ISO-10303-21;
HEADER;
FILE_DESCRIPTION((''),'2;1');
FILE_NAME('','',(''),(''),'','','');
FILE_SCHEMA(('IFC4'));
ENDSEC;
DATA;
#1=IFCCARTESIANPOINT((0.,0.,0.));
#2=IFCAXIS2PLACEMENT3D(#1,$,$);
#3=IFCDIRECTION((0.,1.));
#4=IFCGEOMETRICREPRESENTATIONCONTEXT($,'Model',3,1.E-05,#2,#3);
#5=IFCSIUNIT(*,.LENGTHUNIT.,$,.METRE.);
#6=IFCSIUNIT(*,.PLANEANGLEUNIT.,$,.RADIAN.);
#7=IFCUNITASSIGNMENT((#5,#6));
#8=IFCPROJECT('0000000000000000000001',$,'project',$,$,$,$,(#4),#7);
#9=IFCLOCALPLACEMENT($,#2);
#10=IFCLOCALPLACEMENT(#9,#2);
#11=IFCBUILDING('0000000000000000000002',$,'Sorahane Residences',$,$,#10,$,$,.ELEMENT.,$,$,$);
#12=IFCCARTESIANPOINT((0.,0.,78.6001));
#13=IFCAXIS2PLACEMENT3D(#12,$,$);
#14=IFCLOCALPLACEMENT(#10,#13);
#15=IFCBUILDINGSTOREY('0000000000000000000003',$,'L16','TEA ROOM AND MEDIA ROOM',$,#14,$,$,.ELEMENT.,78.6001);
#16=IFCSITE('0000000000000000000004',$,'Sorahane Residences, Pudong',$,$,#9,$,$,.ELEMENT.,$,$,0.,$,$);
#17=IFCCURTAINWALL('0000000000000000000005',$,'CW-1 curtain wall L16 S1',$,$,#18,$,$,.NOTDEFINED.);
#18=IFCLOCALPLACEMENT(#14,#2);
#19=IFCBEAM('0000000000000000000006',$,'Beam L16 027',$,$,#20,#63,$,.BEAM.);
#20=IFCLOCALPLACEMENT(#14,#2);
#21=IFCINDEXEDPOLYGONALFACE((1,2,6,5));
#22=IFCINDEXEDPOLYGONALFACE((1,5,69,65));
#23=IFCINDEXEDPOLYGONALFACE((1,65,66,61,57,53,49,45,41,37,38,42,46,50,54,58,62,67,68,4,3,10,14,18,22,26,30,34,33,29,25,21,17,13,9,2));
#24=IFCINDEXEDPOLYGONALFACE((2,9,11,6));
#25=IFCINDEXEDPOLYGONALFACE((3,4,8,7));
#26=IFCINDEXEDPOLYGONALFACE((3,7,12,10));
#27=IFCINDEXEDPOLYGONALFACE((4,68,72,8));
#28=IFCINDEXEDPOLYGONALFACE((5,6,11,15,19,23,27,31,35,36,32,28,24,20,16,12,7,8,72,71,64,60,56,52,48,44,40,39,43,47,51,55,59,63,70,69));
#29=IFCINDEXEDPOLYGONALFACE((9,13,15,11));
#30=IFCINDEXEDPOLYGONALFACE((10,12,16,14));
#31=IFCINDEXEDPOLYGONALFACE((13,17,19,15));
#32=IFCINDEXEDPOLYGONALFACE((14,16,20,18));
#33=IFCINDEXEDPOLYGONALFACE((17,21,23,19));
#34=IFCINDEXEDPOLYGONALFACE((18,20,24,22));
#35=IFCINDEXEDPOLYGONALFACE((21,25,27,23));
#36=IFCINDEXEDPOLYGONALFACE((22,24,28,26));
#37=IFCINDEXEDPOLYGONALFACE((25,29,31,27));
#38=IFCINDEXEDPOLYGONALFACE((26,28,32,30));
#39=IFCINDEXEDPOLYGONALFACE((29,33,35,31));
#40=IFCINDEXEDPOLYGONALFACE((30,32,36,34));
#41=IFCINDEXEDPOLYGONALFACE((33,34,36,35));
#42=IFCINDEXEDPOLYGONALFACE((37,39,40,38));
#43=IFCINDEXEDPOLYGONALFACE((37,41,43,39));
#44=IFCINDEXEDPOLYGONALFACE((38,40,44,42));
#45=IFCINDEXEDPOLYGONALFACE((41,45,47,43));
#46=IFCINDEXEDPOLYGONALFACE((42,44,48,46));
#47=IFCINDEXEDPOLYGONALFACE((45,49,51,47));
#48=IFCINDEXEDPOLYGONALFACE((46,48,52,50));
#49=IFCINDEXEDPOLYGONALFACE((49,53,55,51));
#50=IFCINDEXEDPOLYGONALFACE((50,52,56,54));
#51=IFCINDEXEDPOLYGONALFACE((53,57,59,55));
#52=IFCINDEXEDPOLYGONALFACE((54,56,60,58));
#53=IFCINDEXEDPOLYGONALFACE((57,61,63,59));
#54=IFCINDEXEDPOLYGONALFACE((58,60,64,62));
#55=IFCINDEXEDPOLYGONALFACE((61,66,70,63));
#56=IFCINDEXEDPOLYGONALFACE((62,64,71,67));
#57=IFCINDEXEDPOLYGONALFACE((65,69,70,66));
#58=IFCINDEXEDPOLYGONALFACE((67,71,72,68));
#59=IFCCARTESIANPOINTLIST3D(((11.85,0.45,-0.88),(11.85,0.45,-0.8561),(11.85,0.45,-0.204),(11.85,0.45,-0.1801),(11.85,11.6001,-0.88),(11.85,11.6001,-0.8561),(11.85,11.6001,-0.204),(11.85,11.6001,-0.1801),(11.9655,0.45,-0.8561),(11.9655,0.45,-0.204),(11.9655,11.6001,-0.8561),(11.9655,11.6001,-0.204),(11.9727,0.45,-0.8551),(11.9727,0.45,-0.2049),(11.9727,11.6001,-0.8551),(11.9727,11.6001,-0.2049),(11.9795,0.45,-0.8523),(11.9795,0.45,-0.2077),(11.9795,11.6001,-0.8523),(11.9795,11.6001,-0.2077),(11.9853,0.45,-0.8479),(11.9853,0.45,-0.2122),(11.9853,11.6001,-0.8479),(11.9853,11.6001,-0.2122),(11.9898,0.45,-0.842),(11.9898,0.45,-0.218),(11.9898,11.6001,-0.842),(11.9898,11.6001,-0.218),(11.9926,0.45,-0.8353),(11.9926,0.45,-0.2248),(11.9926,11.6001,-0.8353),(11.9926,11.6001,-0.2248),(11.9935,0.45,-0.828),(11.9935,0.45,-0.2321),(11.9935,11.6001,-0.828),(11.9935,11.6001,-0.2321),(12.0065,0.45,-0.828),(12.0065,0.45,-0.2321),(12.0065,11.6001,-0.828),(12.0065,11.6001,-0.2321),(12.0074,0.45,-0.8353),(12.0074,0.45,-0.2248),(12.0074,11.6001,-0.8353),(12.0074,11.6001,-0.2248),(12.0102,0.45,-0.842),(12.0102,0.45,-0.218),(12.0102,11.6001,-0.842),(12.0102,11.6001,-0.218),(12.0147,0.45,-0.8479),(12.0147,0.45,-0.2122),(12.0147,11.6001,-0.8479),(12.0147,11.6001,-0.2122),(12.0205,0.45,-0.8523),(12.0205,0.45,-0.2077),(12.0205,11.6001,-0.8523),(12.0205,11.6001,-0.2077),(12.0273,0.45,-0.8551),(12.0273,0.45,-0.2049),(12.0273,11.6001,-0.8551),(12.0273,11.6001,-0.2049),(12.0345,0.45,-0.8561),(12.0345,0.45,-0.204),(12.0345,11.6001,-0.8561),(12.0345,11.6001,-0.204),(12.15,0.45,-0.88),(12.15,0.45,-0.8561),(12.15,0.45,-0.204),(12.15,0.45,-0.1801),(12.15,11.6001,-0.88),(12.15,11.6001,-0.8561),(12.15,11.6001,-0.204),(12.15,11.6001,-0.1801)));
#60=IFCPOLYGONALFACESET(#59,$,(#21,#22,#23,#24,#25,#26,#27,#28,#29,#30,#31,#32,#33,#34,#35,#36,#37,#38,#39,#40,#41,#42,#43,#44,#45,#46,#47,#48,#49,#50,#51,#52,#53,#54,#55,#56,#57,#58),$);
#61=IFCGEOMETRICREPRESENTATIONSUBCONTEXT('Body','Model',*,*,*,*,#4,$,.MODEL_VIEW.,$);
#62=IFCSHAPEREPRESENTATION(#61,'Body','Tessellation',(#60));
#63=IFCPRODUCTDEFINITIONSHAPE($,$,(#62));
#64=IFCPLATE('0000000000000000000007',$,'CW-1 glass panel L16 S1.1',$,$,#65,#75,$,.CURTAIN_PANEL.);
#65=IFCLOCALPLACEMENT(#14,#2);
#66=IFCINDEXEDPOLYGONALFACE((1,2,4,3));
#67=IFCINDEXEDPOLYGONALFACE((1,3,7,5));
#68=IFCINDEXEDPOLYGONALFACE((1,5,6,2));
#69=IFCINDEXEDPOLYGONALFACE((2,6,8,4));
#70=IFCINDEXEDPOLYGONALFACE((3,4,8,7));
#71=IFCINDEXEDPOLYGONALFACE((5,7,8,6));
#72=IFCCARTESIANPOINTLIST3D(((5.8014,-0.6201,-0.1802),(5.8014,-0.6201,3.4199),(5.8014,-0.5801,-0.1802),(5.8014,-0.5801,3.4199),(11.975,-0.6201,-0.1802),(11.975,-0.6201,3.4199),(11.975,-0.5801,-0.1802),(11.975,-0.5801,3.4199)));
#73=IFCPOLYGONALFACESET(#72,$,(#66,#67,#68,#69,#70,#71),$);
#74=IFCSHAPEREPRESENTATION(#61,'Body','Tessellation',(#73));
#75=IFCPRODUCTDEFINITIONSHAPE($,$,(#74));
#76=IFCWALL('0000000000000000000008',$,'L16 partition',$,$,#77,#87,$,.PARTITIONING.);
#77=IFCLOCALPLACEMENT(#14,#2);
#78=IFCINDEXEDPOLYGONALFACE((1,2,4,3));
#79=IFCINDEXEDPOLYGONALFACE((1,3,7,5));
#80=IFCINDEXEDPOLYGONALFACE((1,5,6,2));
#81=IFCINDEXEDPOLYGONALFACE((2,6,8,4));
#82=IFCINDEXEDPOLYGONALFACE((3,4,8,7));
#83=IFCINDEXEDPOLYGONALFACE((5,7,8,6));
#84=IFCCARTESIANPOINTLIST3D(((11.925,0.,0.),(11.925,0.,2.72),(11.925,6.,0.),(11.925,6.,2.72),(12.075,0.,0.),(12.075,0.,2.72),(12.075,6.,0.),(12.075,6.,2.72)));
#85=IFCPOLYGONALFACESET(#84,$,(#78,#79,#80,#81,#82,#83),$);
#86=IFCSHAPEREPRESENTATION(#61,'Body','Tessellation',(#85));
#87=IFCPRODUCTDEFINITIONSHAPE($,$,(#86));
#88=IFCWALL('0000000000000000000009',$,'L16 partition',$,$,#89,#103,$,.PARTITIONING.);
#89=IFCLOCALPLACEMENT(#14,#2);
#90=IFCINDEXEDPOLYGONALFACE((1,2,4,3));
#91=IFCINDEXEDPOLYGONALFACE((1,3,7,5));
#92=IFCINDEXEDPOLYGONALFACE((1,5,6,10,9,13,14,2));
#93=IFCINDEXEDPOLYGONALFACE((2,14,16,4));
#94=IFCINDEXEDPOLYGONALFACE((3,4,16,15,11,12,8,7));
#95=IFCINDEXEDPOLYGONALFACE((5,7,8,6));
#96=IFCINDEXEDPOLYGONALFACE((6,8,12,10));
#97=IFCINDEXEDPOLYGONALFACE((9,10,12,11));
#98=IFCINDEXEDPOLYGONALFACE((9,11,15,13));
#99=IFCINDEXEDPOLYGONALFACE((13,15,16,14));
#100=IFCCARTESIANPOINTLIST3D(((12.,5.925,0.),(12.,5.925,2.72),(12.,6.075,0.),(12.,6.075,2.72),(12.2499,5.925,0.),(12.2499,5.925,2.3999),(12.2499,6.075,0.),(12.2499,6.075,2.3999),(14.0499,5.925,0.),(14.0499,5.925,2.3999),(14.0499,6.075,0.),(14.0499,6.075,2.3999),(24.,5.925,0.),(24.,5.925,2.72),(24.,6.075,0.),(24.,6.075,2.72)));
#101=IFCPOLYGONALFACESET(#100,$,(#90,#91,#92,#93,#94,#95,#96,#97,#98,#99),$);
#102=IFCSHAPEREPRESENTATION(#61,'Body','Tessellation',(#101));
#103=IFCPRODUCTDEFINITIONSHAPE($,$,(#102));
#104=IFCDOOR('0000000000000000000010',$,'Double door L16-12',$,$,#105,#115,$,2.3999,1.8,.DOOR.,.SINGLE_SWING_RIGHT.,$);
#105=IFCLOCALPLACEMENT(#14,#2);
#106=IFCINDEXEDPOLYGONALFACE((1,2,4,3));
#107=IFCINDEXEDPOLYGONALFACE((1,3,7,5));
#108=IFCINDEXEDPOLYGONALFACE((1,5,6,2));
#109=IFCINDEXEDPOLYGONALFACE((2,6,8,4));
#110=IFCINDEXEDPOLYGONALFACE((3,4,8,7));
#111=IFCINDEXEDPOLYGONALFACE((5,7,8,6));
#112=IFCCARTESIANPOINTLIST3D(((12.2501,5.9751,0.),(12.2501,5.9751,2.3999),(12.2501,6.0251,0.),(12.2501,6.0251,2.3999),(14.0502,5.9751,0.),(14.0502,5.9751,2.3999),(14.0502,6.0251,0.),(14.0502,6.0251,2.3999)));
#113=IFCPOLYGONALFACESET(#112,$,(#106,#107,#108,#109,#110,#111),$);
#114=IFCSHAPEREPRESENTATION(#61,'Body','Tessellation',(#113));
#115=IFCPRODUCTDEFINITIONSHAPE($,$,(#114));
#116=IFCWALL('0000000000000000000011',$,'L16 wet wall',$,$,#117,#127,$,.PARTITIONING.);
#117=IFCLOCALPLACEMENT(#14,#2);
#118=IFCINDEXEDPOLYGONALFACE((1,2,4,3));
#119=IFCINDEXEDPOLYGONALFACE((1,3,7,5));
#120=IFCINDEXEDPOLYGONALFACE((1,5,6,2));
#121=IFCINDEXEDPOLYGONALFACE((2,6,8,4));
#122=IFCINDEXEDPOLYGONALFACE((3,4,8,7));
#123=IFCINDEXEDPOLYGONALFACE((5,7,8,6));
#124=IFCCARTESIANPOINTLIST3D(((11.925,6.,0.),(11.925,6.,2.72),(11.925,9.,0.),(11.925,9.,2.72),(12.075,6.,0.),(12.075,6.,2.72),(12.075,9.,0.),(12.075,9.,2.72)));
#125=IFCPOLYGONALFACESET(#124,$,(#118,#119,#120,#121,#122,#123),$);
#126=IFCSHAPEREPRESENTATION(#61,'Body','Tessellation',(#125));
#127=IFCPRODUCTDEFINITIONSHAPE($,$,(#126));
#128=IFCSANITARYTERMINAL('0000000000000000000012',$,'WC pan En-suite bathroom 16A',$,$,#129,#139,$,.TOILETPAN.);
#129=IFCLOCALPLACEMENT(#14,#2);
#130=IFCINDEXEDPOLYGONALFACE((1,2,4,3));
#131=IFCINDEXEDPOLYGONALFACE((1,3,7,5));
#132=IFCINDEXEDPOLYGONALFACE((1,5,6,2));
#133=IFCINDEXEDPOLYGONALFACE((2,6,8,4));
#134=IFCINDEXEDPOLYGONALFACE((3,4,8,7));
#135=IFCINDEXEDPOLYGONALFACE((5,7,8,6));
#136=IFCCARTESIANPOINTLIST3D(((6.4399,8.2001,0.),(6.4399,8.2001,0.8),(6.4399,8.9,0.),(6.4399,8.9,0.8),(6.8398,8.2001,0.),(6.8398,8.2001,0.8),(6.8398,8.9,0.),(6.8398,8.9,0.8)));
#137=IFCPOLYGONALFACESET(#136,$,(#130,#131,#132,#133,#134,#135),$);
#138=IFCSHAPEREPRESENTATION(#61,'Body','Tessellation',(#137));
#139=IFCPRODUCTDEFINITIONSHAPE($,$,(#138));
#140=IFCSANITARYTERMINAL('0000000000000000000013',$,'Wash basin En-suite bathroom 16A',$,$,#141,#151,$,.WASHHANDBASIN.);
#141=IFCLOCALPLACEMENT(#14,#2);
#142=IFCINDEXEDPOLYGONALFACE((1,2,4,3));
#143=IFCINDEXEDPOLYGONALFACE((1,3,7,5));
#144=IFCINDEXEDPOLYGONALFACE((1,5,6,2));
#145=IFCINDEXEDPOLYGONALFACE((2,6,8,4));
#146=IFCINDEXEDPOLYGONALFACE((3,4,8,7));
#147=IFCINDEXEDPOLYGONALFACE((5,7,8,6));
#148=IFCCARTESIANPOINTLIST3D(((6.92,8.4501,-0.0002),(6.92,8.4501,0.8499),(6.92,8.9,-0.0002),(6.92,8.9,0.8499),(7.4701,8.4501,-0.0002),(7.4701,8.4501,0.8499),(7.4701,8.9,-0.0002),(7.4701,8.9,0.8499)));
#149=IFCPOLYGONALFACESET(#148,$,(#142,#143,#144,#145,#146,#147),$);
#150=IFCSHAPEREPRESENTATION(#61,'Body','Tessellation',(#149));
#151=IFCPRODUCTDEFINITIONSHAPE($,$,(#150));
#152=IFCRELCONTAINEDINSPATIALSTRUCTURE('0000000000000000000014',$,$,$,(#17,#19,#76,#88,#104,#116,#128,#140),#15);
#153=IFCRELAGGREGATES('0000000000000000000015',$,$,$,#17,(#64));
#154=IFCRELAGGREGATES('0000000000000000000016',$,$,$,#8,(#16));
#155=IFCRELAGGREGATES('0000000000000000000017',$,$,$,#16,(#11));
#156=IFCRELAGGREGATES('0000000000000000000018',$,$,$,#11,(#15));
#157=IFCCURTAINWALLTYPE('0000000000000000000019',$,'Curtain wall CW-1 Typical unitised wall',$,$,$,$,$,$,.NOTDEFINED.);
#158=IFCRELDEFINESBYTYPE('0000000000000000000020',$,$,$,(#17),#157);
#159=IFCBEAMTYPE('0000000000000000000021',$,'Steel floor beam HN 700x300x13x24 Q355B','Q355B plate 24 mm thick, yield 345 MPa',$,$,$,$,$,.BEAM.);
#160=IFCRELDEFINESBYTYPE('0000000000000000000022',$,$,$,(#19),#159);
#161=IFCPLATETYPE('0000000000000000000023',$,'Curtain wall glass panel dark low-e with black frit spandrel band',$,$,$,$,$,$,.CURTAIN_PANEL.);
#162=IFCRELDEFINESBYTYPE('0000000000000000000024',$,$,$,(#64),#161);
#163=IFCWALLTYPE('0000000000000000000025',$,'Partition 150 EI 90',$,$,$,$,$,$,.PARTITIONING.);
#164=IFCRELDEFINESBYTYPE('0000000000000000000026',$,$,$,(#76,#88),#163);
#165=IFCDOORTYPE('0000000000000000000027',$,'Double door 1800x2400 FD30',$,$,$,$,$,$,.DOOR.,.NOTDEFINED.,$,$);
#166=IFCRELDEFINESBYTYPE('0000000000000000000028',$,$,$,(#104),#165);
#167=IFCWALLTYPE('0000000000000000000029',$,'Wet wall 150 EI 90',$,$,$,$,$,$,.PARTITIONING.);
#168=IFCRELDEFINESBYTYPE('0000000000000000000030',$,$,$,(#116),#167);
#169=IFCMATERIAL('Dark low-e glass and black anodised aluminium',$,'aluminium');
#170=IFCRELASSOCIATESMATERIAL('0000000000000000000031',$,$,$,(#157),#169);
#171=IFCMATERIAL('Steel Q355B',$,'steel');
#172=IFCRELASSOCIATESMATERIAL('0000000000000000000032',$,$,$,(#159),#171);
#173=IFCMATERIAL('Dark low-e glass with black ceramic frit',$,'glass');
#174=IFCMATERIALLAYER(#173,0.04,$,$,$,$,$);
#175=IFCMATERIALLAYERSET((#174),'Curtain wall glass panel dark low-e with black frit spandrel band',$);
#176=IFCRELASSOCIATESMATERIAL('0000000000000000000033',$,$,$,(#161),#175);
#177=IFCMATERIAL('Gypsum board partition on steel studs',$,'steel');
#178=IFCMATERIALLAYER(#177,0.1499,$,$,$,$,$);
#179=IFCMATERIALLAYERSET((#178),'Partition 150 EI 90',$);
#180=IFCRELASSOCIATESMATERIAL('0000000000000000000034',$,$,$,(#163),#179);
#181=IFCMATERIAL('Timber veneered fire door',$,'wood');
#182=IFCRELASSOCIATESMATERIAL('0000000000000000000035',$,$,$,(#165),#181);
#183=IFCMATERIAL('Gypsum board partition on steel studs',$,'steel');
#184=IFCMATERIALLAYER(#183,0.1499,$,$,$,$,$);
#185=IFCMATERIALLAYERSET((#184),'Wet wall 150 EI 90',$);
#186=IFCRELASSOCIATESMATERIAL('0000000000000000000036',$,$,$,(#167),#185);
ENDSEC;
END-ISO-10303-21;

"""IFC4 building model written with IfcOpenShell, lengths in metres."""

from ifc_helpers import new_model, si_unit, direction, frame, frame_2d, origin, origin_2d, place, context, subcontext, project, spatial, rectangle, i_section, extrude, material, layer, layer_set, material_profile, profile_set, type_object, element, fill, aggregate, save


model = new_model("IFC4")

# Units and contexts
model_context = context("Model", 3, precision=1e-05, world=origin(), true_north=direction((0.0, 1.0)))
body_context = subcontext(model_context, "Body", "Model", "MODEL_VIEW")
ifc_project = project(units=[si_unit("LENGTHUNIT", "METRE"), si_unit("PLANEANGLEUNIT", "RADIAN")], contexts=[model_context])

# Site, building, storey
site_placement = place(None, origin())
site = spatial("IfcSite", under=ifc_project, at=site_placement, Name="Sorahane Residences, Pudong", CompositionType="ELEMENT", RefElevation=0.0)
building_placement = place(site_placement, origin())
building = spatial("IfcBuilding", under=site, at=building_placement, Name="Sorahane Residences", CompositionType="ELEMENT")
storey_placement = place(building_placement, frame((0.0, 0.0, 78.6001)))
storey = spatial("IfcBuildingStorey", under=building, at=storey_placement, Name="L16", Description="TEA ROOM AND MEDIA ROOM", CompositionType="ELEMENT", Elevation=78.6001)

# Curtain wall
ifc_material_1 = material(Name="Dark low-e glass and black anodised aluminium", Category="aluminium")
curtain_wall_type = type_object("IfcCurtainWallType", Name="Curtain wall CW-1 Typical unitised wall", PredefinedType="NOTDEFINED", material=ifc_material_1)
curtain_wall_placement = place(storey_placement, origin())
curtain_wall = element("IfcCurtainWall", 1, at=curtain_wall_placement, inside=storey, type_object=curtain_wall_type, Name="CW-1 curtain wall L16 S1", PredefinedType="NOTDEFINED")

# Beam
ifc_material_2 = material(Name="Steel Q355B", Category="steel")
ifc_material_profile_1 = material_profile(ifc_material_2, i_section(OverallWidth=0.3, OverallDepth=0.7, WebThickness=0.0129, FlangeThickness=0.0239, FilletRadius=0.0281, at=origin_2d()), Name="HN 700x300x13x24")
ifc_profile_set_1 = profile_set([ifc_material_profile_1], Name="Steel Q355B")
beam_type_1 = type_object("IfcBeamType", Name="Steel floor beam HN 700x300x13x24 Q355B", Description="Q355B plate 24 mm thick, yield 345 MPa", PredefinedType="BEAM", material=ifc_profile_set_1)
beam_1_placement = place(storey_placement, frame((12.0, 0.45, -0.53), z_axis=(0.0, 1.0, 0.0), x_axis=(-1.0, 0.0, 0.0)))
element("IfcBeam", 2, at=beam_1_placement, inside=storey, type_object=beam_type_1, Name="Beam L16 027", PredefinedType="BEAM", context=body_context, shape_type="SweptSolid", body=[
    extrude(i_section(OverallWidth=0.3, OverallDepth=0.7, WebThickness=0.0129, FlangeThickness=0.0239, FilletRadius=0.0281, at=origin_2d()), origin(), (0.0, 0.0, 1.0), 11.1501),
])

# Plate
ifc_material_3 = material(Name="Dark low-e glass with black ceramic frit", Category="glass")
ifc_layer_1 = layer(ifc_material_3, 0.04)
ifc_layer_set_1 = layer_set([ifc_layer_1], Name="Curtain wall glass panel dark low-e with black frit spandrel band")
plate_type = type_object("IfcPlateType", Name="Curtain wall glass panel dark low-e with black frit spandrel band", PredefinedType="CURTAIN_PANEL", material=ifc_layer_set_1)
plate_placement = place(storey_placement, frame((8.8882, -0.6001, -0.1802), z_axis=(0.0, 0.0, 1.0), x_axis=(1.0, 0.0, 0.0)))
plate = element("IfcPlate", 3, at=plate_placement, type_object=plate_type, Name="CW-1 glass panel L16 S1.1", PredefinedType="CURTAIN_PANEL", context=body_context, shape_type="SweptSolid", body=[
    extrude(rectangle(XDim=6.1736, YDim=0.04, at=origin_2d()), origin(), (0.0, 0.0, 1.0), 3.6001),
])
aggregate(curtain_wall, [plate])

# Wall
ifc_material_4 = material(Name="Gypsum board partition on steel studs", Category="steel")
ifc_layer_2 = layer(ifc_material_4, 0.1499)
ifc_layer_set_2 = layer_set([ifc_layer_2], Name="Partition 150 EI 90")
wall_type_1 = type_object("IfcWallType", Name="Partition 150 EI 90", PredefinedType="PARTITIONING", material=ifc_layer_set_2)
wall_1_placement = place(storey_placement, frame((12.0, 0.0, 0.0), z_axis=(0.0, 0.0, 1.0), x_axis=(0.0, 1.0, 0.0)))
element("IfcWall", 4, at=wall_1_placement, inside=storey, type_object=wall_type_1, Name="L16 partition", PredefinedType="PARTITIONING", context=body_context, shape_type="SweptSolid", body=[
    extrude(rectangle(XDim=6.0, YDim=0.1499, at=frame_2d((3.0, 0.0))), origin(), (0.0, 0.0, 1.0), 2.72),
])

# Wall, opening, door
wall_2_placement = place(storey_placement, frame((12.0, 6.0, 0.0), z_axis=(0.0, 0.0, 1.0), x_axis=(1.0, 0.0, 0.0)))
wall_2 = element("IfcWall", 5, at=wall_2_placement, inside=storey, type_object=wall_type_1, Name="L16 partition", PredefinedType="PARTITIONING", context=body_context, shape_type="SweptSolid", body=[
    extrude(rectangle(XDim=12.0, YDim=0.1499, at=frame_2d((6.0, 0.0))), origin(), (0.0, 0.0, 1.0), 2.72),
])
opening_placement = place(wall_2_placement, frame((0.25, 0.0, 0.0)))
opening = element("IfcOpeningElement", 6, at=opening_placement, cuts=wall_2, PredefinedType="OPENING", context=body_context, shape_type="SweptSolid", body=[
    extrude(rectangle(XDim=1.8, YDim=2.3999, at=frame_2d((0.8999, 1.2))), frame((0.0, 0.085, 0.0), z_axis=(0.0, -1.0, 0.0), x_axis=(1.0, 0.0, 0.0)), (0.0, 0.0, 1.0), 0.1699),
])
ifc_material_5 = material(Name="Timber veneered fire door", Category="wood")
door_type = type_object("IfcDoorType", Name="Double door 1800x2400 FD30", OperationType="NOTDEFINED", PredefinedType="DOOR", material=ifc_material_5)
door_placement = place(opening_placement, frame((1.8, 0.0, 0.0), z_axis=(0.0, 0.0, 1.0), x_axis=(-1.0, 0.0, 0.0)))
door = element("IfcDoor", 7, at=door_placement, inside=storey, type_object=door_type, Name="Double door L16-12", OperationType="SINGLE_SWING_RIGHT", OverallHeight=2.3999, OverallWidth=1.8, PredefinedType="DOOR", context=body_context, shape_type="SweptSolid", body=[
    extrude(rectangle(XDim=1.8, YDim=2.3999, at=frame_2d((0.8999, 1.2))), frame((0.0, 0.0249, 0.0), z_axis=(0.0, -1.0, 0.0), x_axis=(1.0, 0.0, 0.0)), (0.0, 0.0, 1.0), 0.05),
])
fill(opening, door)

# Wall
ifc_material_6 = material(Name="Gypsum board partition on steel studs", Category="steel")
ifc_layer_3 = layer(ifc_material_6, 0.1499)
ifc_layer_set_3 = layer_set([ifc_layer_3], Name="Wet wall 150 EI 90")
wall_type_2 = type_object("IfcWallType", Name="Wet wall 150 EI 90", PredefinedType="PARTITIONING", material=ifc_layer_set_3)
wall_3_placement = place(storey_placement, frame((12.0, 6.0, 0.0), z_axis=(0.0, 0.0, 1.0), x_axis=(0.0, 1.0, 0.0)))
element("IfcWall", 8, at=wall_3_placement, inside=storey, type_object=wall_type_2, Name="L16 wet wall", PredefinedType="PARTITIONING", context=body_context, shape_type="SweptSolid", body=[
    extrude(rectangle(XDim=3.0, YDim=0.1499, at=frame_2d((1.5, 0.0))), origin(), (0.0, 0.0, 1.0), 2.72),
])

# Sanitary terminals
sanitary_terminal_1_placement = place(storey_placement, frame((6.6399, 8.55, 0.0), z_axis=(0.0, 0.0, 1.0), x_axis=(1.0, 0.0, 0.0)))
element("IfcSanitaryTerminal", 9, at=sanitary_terminal_1_placement, inside=storey, Name="WC pan En-suite bathroom 16A", PredefinedType="TOILETPAN", context=body_context, shape_type="SweptSolid", body=[
    extrude(rectangle(XDim=0.3999, YDim=0.7, at=origin_2d()), origin(), (0.0, 0.0, 1.0), 0.8),
])
sanitary_terminal_2_placement = place(storey_placement, frame((7.1951, 8.675, -0.0002), z_axis=(0.0, 0.0, 1.0), x_axis=(1.0, 0.0, 0.0)))
element("IfcSanitaryTerminal", 10, at=sanitary_terminal_2_placement, inside=storey, Name="Wash basin En-suite bathroom 16A", PredefinedType="WASHHANDBASIN", context=body_context, shape_type="SweptSolid", body=[
    extrude(rectangle(XDim=0.55, YDim=0.45, at=origin_2d()), origin(), (0.0, 0.0, 1.0), 0.8501),
])

save(model, "model.ifc")
